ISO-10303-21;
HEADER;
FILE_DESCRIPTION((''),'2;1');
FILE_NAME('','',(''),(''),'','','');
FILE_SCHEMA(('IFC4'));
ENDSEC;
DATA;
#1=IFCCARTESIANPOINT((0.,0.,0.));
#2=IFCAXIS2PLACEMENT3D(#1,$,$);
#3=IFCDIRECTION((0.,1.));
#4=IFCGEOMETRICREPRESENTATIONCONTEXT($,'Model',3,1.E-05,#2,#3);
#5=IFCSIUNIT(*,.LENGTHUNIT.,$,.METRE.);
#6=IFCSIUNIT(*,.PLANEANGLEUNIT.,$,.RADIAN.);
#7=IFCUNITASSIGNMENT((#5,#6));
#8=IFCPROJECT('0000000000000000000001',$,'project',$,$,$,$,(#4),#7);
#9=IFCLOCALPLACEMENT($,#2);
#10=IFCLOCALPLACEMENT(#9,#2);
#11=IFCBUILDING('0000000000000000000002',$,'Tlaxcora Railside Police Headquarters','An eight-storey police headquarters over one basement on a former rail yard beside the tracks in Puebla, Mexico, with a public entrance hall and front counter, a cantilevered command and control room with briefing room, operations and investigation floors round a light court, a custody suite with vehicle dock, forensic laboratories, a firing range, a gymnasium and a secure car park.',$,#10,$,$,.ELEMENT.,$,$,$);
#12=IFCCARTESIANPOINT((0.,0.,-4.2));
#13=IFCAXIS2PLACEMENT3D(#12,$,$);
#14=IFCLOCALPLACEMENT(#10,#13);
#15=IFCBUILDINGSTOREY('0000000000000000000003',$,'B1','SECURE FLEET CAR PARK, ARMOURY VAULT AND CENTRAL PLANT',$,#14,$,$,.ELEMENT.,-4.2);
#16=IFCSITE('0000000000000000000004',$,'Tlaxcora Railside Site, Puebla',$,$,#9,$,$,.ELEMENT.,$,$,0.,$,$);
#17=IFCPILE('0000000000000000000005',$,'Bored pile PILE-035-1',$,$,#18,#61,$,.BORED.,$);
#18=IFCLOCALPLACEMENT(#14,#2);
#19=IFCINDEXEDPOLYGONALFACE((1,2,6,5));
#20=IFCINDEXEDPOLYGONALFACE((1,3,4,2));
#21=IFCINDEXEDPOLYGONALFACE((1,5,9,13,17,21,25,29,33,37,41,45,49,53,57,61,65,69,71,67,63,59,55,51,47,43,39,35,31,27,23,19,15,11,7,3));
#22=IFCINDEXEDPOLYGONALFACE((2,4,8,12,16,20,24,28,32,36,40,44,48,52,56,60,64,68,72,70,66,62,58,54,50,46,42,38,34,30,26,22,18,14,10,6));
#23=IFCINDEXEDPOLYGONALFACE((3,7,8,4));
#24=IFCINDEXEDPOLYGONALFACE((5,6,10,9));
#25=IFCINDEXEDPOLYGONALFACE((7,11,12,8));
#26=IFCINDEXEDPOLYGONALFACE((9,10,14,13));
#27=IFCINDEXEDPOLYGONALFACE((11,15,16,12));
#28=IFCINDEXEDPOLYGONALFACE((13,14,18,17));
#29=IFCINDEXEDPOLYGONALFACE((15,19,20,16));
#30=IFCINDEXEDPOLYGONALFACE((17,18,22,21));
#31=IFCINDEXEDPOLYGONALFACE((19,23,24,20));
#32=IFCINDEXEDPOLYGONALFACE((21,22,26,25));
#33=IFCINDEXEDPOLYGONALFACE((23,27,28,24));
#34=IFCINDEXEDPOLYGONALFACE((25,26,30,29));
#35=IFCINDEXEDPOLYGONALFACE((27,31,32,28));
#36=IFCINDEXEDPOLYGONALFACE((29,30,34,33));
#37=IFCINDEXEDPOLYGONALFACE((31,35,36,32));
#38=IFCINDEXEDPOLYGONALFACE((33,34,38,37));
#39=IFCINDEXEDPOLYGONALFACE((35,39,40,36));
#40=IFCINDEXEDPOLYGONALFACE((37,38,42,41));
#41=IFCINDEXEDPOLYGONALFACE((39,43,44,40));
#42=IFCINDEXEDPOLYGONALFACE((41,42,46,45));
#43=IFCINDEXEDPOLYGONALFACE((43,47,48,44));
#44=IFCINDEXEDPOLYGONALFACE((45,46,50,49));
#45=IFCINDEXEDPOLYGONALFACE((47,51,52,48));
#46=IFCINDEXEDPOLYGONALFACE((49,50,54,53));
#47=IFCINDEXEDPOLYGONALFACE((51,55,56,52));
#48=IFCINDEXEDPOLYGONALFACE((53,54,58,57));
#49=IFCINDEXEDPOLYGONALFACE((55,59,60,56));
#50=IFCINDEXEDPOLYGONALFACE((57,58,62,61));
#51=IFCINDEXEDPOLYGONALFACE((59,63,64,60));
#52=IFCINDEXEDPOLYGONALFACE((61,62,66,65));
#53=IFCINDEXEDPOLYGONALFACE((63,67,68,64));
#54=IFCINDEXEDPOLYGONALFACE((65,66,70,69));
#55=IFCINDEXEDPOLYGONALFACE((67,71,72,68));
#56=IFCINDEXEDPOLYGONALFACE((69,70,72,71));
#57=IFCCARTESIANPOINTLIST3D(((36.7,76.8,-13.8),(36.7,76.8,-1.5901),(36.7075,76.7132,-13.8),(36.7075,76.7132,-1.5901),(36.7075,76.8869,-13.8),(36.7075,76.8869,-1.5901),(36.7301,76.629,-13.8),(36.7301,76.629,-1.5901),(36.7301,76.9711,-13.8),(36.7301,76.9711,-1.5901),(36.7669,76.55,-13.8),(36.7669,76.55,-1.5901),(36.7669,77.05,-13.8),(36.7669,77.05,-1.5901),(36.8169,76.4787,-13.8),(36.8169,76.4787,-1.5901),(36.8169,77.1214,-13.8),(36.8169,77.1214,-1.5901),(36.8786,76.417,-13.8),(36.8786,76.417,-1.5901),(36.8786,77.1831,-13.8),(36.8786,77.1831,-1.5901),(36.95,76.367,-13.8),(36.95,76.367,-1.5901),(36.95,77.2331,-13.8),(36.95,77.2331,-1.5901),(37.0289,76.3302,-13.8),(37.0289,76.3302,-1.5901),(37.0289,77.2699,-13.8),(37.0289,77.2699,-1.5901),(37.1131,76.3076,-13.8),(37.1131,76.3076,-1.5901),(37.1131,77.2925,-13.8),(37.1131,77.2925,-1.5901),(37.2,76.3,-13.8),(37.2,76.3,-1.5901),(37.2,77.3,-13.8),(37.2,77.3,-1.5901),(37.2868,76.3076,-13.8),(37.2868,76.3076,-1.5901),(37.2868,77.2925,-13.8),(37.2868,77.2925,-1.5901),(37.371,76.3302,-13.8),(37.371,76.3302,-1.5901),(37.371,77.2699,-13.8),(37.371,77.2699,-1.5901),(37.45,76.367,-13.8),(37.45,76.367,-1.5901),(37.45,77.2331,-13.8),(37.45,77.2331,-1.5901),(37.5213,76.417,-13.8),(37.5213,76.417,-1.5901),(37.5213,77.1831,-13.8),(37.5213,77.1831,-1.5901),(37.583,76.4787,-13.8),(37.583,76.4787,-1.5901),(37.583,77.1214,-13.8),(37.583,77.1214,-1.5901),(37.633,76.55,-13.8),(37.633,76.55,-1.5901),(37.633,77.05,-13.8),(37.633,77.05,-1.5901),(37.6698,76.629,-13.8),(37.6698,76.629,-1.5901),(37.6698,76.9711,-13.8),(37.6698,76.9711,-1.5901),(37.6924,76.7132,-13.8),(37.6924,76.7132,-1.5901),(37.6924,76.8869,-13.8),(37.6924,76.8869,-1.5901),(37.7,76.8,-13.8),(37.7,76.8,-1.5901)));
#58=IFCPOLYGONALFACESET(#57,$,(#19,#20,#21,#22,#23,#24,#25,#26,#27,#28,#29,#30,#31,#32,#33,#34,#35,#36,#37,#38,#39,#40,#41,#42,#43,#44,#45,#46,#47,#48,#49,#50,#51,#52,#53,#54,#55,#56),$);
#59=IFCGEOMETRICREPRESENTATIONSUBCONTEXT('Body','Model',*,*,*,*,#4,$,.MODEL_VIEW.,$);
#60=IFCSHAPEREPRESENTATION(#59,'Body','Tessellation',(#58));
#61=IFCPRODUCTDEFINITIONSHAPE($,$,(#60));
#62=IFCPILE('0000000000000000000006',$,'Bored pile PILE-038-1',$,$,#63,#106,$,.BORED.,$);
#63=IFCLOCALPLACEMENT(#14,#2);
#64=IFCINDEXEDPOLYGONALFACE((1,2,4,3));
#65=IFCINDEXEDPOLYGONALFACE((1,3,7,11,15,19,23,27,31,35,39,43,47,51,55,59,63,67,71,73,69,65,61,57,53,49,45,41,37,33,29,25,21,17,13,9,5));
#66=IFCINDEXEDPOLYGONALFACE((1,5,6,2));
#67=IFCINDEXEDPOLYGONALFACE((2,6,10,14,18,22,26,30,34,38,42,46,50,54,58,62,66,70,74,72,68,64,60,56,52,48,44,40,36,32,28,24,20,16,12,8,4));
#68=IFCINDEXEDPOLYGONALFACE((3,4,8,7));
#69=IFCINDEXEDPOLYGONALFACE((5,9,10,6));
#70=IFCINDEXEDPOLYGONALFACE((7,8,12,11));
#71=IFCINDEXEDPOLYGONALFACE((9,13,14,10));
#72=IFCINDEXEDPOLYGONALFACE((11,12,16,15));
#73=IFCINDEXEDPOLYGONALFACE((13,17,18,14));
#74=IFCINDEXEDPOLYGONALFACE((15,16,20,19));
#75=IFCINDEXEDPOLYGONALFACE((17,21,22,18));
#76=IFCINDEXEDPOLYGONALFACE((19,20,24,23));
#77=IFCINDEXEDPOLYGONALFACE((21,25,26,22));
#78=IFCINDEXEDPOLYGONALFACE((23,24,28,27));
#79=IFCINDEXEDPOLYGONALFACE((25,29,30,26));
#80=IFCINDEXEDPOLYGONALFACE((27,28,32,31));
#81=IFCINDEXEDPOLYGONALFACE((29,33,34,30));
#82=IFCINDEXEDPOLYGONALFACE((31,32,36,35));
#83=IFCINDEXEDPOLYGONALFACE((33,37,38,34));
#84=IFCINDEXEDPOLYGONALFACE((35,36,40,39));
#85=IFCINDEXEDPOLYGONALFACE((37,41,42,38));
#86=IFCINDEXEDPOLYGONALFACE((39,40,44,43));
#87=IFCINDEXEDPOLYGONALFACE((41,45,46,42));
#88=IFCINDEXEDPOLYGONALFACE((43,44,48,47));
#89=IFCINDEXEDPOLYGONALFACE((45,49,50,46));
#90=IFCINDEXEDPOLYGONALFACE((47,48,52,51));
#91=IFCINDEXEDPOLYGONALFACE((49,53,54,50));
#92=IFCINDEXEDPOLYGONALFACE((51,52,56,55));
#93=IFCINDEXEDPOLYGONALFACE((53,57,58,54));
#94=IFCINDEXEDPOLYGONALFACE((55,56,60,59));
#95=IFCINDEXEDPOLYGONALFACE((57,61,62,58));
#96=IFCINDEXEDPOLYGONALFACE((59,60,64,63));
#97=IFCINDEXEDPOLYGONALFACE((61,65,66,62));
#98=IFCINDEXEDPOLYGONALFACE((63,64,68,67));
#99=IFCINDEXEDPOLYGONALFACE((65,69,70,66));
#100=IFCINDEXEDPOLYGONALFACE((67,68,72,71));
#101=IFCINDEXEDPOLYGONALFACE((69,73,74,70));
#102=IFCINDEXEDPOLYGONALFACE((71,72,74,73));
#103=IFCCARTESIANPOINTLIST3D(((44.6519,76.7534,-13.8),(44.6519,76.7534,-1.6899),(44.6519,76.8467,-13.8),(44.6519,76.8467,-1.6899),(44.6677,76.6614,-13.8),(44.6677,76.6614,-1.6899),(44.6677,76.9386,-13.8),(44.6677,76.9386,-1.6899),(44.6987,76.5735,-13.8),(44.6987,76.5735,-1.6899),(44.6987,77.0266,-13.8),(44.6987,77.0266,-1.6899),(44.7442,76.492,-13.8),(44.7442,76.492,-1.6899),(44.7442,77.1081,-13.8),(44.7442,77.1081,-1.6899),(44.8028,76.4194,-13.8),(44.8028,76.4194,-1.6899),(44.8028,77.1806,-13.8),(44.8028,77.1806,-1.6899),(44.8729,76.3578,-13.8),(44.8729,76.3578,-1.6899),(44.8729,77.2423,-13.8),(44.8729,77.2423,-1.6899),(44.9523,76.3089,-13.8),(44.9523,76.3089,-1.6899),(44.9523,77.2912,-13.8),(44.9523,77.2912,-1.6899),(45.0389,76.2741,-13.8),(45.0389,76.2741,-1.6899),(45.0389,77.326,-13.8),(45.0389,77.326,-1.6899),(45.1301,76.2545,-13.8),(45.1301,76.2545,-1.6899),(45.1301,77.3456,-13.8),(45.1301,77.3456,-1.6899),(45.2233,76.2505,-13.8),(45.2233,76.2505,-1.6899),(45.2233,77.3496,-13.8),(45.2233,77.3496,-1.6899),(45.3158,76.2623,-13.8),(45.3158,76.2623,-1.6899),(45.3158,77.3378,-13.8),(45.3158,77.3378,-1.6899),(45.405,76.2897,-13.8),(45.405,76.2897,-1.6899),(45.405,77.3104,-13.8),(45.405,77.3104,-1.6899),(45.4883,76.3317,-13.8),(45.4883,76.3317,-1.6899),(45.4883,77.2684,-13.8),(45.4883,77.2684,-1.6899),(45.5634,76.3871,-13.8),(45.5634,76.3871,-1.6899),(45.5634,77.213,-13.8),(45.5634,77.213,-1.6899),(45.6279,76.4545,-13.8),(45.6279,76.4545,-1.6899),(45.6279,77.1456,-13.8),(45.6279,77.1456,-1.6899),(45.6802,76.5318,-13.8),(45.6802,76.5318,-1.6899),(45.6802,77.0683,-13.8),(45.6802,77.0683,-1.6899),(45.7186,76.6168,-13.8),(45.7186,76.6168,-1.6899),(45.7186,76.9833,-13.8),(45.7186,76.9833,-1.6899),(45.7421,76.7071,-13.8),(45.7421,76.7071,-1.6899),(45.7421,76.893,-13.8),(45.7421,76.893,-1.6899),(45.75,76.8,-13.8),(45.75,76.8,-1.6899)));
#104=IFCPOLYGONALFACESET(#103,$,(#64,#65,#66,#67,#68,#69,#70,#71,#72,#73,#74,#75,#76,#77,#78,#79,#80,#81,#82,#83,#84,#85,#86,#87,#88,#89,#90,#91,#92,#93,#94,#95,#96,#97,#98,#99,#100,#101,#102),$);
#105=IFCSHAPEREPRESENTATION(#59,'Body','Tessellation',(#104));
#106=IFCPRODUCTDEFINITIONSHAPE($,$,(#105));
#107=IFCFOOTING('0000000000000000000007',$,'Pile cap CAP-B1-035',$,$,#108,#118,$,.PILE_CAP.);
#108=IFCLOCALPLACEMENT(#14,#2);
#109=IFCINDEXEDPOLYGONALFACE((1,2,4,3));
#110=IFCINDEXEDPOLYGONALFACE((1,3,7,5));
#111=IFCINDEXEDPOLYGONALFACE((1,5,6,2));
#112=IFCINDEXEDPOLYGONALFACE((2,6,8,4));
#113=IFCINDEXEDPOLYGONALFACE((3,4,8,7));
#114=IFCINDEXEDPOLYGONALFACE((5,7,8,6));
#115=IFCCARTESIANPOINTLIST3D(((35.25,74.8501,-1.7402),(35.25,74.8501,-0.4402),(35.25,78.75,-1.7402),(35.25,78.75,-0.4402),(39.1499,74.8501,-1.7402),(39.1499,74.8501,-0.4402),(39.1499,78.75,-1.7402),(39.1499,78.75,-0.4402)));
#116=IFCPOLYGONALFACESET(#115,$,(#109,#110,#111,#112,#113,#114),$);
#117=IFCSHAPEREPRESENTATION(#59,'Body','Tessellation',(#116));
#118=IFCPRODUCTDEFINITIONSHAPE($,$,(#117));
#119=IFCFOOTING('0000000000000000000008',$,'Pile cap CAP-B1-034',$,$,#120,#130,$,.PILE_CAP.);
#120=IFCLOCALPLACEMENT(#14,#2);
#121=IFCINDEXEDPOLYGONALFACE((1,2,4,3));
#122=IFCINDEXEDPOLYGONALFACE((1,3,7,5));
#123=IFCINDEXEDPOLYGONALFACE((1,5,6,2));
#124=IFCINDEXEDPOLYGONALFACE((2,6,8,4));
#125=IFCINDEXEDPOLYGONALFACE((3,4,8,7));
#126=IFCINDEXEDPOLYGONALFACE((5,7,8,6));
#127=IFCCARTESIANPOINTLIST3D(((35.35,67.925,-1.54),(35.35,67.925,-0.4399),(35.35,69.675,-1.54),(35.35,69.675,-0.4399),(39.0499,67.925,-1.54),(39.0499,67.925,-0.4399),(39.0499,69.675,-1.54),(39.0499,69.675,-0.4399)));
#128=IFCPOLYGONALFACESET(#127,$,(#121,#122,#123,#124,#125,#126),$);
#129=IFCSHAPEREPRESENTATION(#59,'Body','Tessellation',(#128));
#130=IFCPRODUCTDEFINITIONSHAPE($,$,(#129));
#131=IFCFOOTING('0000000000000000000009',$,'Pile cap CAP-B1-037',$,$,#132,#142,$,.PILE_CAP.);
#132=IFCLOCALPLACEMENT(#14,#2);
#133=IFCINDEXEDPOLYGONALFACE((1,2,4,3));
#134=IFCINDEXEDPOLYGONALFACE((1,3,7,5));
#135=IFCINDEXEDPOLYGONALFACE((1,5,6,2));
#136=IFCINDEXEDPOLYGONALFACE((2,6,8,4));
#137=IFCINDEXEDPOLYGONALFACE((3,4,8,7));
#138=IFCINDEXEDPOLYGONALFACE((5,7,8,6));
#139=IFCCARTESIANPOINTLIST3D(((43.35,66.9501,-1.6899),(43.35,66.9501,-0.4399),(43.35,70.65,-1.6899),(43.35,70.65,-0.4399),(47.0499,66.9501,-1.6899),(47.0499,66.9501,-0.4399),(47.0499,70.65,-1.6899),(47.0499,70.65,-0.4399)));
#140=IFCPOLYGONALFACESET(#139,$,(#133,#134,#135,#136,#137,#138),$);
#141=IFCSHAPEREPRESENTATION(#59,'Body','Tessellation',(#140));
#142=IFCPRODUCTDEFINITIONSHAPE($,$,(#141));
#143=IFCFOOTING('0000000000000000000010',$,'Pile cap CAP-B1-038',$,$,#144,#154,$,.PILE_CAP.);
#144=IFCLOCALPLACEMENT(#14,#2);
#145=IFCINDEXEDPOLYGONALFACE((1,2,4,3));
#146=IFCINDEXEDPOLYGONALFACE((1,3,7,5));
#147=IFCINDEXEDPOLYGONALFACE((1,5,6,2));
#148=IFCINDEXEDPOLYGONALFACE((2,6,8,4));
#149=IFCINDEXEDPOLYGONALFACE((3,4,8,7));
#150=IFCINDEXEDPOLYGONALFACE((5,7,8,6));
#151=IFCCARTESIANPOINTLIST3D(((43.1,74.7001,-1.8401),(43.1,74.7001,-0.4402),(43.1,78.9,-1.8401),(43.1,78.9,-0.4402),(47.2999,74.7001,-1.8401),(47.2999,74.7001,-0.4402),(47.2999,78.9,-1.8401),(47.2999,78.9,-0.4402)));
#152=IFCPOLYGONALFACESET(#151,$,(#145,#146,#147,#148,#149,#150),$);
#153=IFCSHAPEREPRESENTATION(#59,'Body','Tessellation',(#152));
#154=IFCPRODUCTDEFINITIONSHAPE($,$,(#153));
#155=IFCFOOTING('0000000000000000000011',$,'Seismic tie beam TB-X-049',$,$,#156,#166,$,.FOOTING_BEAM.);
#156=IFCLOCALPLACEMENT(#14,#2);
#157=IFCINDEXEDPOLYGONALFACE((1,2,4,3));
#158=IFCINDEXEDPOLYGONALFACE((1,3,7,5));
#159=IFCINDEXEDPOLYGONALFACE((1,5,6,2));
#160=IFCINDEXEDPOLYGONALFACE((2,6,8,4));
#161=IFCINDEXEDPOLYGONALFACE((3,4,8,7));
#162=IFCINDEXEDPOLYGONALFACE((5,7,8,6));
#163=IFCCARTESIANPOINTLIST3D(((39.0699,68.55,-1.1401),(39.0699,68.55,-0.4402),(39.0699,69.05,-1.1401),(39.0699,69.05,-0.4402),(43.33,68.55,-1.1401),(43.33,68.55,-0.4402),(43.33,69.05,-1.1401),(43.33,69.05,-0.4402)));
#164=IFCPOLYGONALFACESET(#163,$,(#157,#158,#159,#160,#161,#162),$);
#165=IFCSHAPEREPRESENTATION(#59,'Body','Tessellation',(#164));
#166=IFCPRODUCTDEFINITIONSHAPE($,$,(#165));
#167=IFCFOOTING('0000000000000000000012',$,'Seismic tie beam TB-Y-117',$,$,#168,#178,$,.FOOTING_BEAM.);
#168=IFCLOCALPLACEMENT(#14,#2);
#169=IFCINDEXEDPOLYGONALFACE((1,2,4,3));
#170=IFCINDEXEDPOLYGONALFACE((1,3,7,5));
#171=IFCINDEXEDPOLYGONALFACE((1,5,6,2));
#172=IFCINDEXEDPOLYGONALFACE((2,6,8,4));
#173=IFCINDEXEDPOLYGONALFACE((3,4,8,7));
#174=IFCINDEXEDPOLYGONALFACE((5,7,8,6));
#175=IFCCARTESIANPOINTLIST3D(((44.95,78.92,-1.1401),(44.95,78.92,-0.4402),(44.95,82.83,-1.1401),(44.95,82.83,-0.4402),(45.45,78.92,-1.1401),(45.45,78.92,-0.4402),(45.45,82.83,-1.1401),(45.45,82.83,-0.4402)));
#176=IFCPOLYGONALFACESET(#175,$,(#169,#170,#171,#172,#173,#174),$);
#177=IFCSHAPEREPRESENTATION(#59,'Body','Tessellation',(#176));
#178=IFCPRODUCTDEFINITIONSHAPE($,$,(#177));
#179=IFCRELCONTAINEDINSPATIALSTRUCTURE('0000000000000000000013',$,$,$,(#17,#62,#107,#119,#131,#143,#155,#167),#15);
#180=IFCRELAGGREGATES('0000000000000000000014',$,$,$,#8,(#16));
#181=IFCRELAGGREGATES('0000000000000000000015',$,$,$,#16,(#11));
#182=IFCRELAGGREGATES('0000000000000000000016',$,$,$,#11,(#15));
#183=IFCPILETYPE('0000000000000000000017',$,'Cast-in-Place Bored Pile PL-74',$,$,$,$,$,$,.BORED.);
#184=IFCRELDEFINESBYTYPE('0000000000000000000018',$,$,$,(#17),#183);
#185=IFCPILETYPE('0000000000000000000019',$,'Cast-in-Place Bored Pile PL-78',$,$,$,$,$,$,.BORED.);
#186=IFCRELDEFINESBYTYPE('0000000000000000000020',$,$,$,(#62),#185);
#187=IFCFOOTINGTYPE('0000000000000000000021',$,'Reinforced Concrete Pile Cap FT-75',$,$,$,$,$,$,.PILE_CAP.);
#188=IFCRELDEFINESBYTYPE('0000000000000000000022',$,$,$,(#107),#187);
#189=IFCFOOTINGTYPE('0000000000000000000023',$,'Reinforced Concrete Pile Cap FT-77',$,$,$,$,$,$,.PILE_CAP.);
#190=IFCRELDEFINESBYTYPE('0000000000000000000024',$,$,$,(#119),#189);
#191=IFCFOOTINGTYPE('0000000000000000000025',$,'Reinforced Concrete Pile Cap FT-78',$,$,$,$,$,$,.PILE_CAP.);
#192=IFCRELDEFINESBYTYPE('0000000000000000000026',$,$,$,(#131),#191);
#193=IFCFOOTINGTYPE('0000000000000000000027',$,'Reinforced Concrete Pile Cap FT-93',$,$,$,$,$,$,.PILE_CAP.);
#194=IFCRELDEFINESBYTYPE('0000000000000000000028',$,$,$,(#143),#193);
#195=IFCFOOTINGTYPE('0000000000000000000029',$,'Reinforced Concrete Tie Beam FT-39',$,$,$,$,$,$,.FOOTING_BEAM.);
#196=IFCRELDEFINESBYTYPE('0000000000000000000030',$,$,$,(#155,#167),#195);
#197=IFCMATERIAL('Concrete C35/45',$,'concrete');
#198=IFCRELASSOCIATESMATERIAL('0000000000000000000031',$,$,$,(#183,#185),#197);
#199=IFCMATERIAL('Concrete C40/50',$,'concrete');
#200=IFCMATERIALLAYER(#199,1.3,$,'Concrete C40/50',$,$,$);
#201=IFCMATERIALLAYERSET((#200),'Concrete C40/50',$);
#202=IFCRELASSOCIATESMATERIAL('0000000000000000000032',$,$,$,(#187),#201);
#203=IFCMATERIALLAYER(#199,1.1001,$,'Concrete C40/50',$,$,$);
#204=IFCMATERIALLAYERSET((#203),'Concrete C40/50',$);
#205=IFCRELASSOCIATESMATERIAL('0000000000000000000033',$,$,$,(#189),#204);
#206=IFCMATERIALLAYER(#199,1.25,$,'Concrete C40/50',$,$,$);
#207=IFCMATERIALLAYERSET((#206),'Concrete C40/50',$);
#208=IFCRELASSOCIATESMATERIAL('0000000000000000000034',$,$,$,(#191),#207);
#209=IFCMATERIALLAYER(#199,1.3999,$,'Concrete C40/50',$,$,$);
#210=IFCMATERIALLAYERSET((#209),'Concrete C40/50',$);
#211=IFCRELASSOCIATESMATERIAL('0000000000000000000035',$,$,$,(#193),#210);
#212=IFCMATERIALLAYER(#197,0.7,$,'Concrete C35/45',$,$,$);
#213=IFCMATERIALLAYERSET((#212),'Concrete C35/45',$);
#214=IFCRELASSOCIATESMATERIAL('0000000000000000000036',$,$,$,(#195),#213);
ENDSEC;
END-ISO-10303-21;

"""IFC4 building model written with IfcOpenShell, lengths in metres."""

from ifc_helpers import new_model, si_unit, direction, frame, origin, origin_2d, place, context, subcontext, project, spatial, rectangle, circle, extrude, material, layer, layer_set, material_profile, profile_set, type_object, element, save


model = new_model("IFC4")

# Units and contexts
model_context = context("Model", 3, precision=1e-05, world=origin(), true_north=direction((0.0, 1.0)))
body_context = subcontext(model_context, "Body", "Model", "MODEL_VIEW")
ifc_project = project(units=[si_unit("LENGTHUNIT", "METRE"), si_unit("PLANEANGLEUNIT", "RADIAN")], contexts=[model_context])

# Site, building, storey
site_placement = place(None, origin())
site = spatial("IfcSite", under=ifc_project, at=site_placement, Name="Tlaxcora Railside Site, Puebla", CompositionType="ELEMENT", RefElevation=0.0)
building_placement = place(site_placement, origin())
building = spatial("IfcBuilding", under=site, at=building_placement, Name="Tlaxcora Railside Police Headquarters", Description="An eight-storey police headquarters over one basement on a former rail yard beside the tracks in Puebla, Mexico, with a public entrance hall and front counter, a cantilevered command and control room with briefing room, operations and investigation floors round a light court, a custody suite with vehicle dock, forensic laboratories, a firing range, a gymnasium and a secure car park.", CompositionType="ELEMENT")
storey_placement = place(building_placement, frame((0.0, 0.0, -4.2)))
storey = spatial("IfcBuildingStorey", under=building, at=storey_placement, Name="B1", Description="SECURE FLEET CAR PARK, ARMOURY VAULT AND CENTRAL PLANT", CompositionType="ELEMENT", Elevation=-4.2)

# Piles
ifc_material_1 = material(Name="Concrete C35/45", Category="concrete")
ifc_material_profile_1 = material_profile(ifc_material_1, circle(Radius=0.5, at=origin_2d()), Name="PILE1000")
ifc_profile_set_1 = profile_set([ifc_material_profile_1], Name="Concrete C35/45")
pile_type_1 = type_object("IfcPileType", Name="Cast-in-Place Bored Pile PL-74", PredefinedType="BORED", material=ifc_profile_set_1)
pile_1_placement = place(storey_placement, frame((37.2, 76.8, -1.5901), z_axis=(0.0, 0.0, -1.0), x_axis=(1.0, 0.0, 0.0)))
element("IfcPile", 1, at=pile_1_placement, inside=storey, type_object=pile_type_1, Name="Bored pile PILE-035-1", PredefinedType="BORED", context=body_context, shape_type="SweptSolid", body=[
    extrude(circle(Radius=0.5, at=origin_2d()), origin(), (0.0, 0.0, 1.0), 12.21),
])
ifc_material_profile_2 = material_profile(ifc_material_1, circle(Radius=0.55, at=origin_2d()), Name="PILE1100")
ifc_profile_set_2 = profile_set([ifc_material_profile_2], Name="Concrete C35/45")
pile_type_2 = type_object("IfcPileType", Name="Cast-in-Place Bored Pile PL-78", PredefinedType="BORED", material=ifc_profile_set_2)
pile_2_placement = place(storey_placement, frame((45.2, 76.8, -1.6899), z_axis=(0.0, 0.0, -1.0), x_axis=(1.0, 0.0, 0.0)))
element("IfcPile", 2, at=pile_2_placement, inside=storey, type_object=pile_type_2, Name="Bored pile PILE-038-1", PredefinedType="BORED", context=body_context, shape_type="SweptSolid", body=[
    extrude(circle(Radius=0.55, at=origin_2d()), origin(), (0.0, 0.0, 1.0), 12.1101),
])

# Footings
ifc_material_2 = material(Name="Concrete C40/50", Category="concrete")
ifc_layer_1 = layer(ifc_material_2, 1.3, Name="Concrete C40/50")
ifc_layer_set_1 = layer_set([ifc_layer_1], Name="Concrete C40/50")
footing_type_1 = type_object("IfcFootingType", Name="Reinforced Concrete Pile Cap FT-75", PredefinedType="PILE_CAP", material=ifc_layer_set_1)
footing_1_placement = place(storey_placement, frame((37.2, 76.8, -1.7402), z_axis=(0.0, 0.0, 1.0), x_axis=(1.0, 0.0, 0.0)))
element("IfcFooting", 3, at=footing_1_placement, inside=storey, type_object=footing_type_1, Name="Pile cap CAP-B1-035", PredefinedType="PILE_CAP", context=body_context, shape_type="SweptSolid", body=[
    extrude(rectangle(XDim=3.8999, YDim=3.8999, at=origin_2d()), origin(), (0.0, 0.0, 1.0), 1.3),
])
ifc_layer_2 = layer(ifc_material_2, 1.1001, Name="Concrete C40/50")
ifc_layer_set_2 = layer_set([ifc_layer_2], Name="Concrete C40/50")
footing_type_2 = type_object("IfcFootingType", Name="Reinforced Concrete Pile Cap FT-77", PredefinedType="PILE_CAP", material=ifc_layer_set_2)
footing_2_placement = place(storey_placement, frame((37.2, 68.8, -1.54), z_axis=(0.0, 0.0, 1.0), x_axis=(1.0, 0.0, 0.0)))
element("IfcFooting", 4, at=footing_2_placement, inside=storey, type_object=footing_type_2, Name="Pile cap CAP-B1-034", PredefinedType="PILE_CAP", context=body_context, shape_type="SweptSolid", body=[
    extrude(rectangle(XDim=3.7, YDim=1.75, at=origin_2d()), origin(), (0.0, 0.0, 1.0), 1.1001),
])
ifc_layer_3 = layer(ifc_material_2, 1.25, Name="Concrete C40/50")
ifc_layer_set_3 = layer_set([ifc_layer_3], Name="Concrete C40/50")
footing_type_3 = type_object("IfcFootingType", Name="Reinforced Concrete Pile Cap FT-78", PredefinedType="PILE_CAP", material=ifc_layer_set_3)
footing_3_placement = place(storey_placement, frame((45.2, 68.8, -1.6899), z_axis=(0.0, 0.0, 1.0), x_axis=(1.0, 0.0, 0.0)))
element("IfcFooting", 5, at=footing_3_placement, inside=storey, type_object=footing_type_3, Name="Pile cap CAP-B1-037", PredefinedType="PILE_CAP", context=body_context, shape_type="SweptSolid", body=[
    extrude(rectangle(XDim=3.7, YDim=3.7, at=origin_2d()), origin(), (0.0, 0.0, 1.0), 1.25),
])
ifc_layer_4 = layer(ifc_material_2, 1.3999, Name="Concrete C40/50")
ifc_layer_set_4 = layer_set([ifc_layer_4], Name="Concrete C40/50")
footing_type_4 = type_object("IfcFootingType", Name="Reinforced Concrete Pile Cap FT-93", PredefinedType="PILE_CAP", material=ifc_layer_set_4)
footing_4_placement = place(storey_placement, frame((45.2, 76.8, -1.8401), z_axis=(0.0, 0.0, 1.0), x_axis=(1.0, 0.0, 0.0)))
element("IfcFooting", 6, at=footing_4_placement, inside=storey, type_object=footing_type_4, Name="Pile cap CAP-B1-038", PredefinedType="PILE_CAP", context=body_context, shape_type="SweptSolid", body=[
    extrude(rectangle(XDim=4.2, YDim=4.2, at=origin_2d()), origin(), (0.0, 0.0, 1.0), 1.3999),
])
ifc_layer_5 = layer(ifc_material_1, 0.7, Name="Concrete C35/45")
ifc_layer_set_5 = layer_set([ifc_layer_5], Name="Concrete C35/45")
footing_type_5 = type_object("IfcFootingType", Name="Reinforced Concrete Tie Beam FT-39", PredefinedType="FOOTING_BEAM", material=ifc_layer_set_5)
footing_5_placement = place(storey_placement, frame((41.2, 68.8, -1.1401), z_axis=(0.0, 0.0, 1.0), x_axis=(1.0, 0.0, 0.0)))
element("IfcFooting", 7, at=footing_5_placement, inside=storey, type_object=footing_type_5, Name="Seismic tie beam TB-X-049", PredefinedType="FOOTING_BEAM", context=body_context, shape_type="SweptSolid", body=[
    extrude(rectangle(XDim=4.26, YDim=0.5, at=origin_2d()), origin(), (0.0, 0.0, 1.0), 0.7),
])
footing_6_placement = place(storey_placement, frame((45.2, 80.875, -1.1401), z_axis=(0.0, 0.0, 1.0), x_axis=(0.0, 1.0, 0.0)))
element("IfcFooting", 8, at=footing_6_placement, inside=storey, type_object=footing_type_5, Name="Seismic tie beam TB-Y-117", PredefinedType="FOOTING_BEAM", context=body_context, shape_type="SweptSolid", body=[
    extrude(rectangle(XDim=3.9099, YDim=0.5, at=origin_2d()), origin(), (0.0, 0.0, 1.0), 0.7),
])

save(model, "model.ifc")
